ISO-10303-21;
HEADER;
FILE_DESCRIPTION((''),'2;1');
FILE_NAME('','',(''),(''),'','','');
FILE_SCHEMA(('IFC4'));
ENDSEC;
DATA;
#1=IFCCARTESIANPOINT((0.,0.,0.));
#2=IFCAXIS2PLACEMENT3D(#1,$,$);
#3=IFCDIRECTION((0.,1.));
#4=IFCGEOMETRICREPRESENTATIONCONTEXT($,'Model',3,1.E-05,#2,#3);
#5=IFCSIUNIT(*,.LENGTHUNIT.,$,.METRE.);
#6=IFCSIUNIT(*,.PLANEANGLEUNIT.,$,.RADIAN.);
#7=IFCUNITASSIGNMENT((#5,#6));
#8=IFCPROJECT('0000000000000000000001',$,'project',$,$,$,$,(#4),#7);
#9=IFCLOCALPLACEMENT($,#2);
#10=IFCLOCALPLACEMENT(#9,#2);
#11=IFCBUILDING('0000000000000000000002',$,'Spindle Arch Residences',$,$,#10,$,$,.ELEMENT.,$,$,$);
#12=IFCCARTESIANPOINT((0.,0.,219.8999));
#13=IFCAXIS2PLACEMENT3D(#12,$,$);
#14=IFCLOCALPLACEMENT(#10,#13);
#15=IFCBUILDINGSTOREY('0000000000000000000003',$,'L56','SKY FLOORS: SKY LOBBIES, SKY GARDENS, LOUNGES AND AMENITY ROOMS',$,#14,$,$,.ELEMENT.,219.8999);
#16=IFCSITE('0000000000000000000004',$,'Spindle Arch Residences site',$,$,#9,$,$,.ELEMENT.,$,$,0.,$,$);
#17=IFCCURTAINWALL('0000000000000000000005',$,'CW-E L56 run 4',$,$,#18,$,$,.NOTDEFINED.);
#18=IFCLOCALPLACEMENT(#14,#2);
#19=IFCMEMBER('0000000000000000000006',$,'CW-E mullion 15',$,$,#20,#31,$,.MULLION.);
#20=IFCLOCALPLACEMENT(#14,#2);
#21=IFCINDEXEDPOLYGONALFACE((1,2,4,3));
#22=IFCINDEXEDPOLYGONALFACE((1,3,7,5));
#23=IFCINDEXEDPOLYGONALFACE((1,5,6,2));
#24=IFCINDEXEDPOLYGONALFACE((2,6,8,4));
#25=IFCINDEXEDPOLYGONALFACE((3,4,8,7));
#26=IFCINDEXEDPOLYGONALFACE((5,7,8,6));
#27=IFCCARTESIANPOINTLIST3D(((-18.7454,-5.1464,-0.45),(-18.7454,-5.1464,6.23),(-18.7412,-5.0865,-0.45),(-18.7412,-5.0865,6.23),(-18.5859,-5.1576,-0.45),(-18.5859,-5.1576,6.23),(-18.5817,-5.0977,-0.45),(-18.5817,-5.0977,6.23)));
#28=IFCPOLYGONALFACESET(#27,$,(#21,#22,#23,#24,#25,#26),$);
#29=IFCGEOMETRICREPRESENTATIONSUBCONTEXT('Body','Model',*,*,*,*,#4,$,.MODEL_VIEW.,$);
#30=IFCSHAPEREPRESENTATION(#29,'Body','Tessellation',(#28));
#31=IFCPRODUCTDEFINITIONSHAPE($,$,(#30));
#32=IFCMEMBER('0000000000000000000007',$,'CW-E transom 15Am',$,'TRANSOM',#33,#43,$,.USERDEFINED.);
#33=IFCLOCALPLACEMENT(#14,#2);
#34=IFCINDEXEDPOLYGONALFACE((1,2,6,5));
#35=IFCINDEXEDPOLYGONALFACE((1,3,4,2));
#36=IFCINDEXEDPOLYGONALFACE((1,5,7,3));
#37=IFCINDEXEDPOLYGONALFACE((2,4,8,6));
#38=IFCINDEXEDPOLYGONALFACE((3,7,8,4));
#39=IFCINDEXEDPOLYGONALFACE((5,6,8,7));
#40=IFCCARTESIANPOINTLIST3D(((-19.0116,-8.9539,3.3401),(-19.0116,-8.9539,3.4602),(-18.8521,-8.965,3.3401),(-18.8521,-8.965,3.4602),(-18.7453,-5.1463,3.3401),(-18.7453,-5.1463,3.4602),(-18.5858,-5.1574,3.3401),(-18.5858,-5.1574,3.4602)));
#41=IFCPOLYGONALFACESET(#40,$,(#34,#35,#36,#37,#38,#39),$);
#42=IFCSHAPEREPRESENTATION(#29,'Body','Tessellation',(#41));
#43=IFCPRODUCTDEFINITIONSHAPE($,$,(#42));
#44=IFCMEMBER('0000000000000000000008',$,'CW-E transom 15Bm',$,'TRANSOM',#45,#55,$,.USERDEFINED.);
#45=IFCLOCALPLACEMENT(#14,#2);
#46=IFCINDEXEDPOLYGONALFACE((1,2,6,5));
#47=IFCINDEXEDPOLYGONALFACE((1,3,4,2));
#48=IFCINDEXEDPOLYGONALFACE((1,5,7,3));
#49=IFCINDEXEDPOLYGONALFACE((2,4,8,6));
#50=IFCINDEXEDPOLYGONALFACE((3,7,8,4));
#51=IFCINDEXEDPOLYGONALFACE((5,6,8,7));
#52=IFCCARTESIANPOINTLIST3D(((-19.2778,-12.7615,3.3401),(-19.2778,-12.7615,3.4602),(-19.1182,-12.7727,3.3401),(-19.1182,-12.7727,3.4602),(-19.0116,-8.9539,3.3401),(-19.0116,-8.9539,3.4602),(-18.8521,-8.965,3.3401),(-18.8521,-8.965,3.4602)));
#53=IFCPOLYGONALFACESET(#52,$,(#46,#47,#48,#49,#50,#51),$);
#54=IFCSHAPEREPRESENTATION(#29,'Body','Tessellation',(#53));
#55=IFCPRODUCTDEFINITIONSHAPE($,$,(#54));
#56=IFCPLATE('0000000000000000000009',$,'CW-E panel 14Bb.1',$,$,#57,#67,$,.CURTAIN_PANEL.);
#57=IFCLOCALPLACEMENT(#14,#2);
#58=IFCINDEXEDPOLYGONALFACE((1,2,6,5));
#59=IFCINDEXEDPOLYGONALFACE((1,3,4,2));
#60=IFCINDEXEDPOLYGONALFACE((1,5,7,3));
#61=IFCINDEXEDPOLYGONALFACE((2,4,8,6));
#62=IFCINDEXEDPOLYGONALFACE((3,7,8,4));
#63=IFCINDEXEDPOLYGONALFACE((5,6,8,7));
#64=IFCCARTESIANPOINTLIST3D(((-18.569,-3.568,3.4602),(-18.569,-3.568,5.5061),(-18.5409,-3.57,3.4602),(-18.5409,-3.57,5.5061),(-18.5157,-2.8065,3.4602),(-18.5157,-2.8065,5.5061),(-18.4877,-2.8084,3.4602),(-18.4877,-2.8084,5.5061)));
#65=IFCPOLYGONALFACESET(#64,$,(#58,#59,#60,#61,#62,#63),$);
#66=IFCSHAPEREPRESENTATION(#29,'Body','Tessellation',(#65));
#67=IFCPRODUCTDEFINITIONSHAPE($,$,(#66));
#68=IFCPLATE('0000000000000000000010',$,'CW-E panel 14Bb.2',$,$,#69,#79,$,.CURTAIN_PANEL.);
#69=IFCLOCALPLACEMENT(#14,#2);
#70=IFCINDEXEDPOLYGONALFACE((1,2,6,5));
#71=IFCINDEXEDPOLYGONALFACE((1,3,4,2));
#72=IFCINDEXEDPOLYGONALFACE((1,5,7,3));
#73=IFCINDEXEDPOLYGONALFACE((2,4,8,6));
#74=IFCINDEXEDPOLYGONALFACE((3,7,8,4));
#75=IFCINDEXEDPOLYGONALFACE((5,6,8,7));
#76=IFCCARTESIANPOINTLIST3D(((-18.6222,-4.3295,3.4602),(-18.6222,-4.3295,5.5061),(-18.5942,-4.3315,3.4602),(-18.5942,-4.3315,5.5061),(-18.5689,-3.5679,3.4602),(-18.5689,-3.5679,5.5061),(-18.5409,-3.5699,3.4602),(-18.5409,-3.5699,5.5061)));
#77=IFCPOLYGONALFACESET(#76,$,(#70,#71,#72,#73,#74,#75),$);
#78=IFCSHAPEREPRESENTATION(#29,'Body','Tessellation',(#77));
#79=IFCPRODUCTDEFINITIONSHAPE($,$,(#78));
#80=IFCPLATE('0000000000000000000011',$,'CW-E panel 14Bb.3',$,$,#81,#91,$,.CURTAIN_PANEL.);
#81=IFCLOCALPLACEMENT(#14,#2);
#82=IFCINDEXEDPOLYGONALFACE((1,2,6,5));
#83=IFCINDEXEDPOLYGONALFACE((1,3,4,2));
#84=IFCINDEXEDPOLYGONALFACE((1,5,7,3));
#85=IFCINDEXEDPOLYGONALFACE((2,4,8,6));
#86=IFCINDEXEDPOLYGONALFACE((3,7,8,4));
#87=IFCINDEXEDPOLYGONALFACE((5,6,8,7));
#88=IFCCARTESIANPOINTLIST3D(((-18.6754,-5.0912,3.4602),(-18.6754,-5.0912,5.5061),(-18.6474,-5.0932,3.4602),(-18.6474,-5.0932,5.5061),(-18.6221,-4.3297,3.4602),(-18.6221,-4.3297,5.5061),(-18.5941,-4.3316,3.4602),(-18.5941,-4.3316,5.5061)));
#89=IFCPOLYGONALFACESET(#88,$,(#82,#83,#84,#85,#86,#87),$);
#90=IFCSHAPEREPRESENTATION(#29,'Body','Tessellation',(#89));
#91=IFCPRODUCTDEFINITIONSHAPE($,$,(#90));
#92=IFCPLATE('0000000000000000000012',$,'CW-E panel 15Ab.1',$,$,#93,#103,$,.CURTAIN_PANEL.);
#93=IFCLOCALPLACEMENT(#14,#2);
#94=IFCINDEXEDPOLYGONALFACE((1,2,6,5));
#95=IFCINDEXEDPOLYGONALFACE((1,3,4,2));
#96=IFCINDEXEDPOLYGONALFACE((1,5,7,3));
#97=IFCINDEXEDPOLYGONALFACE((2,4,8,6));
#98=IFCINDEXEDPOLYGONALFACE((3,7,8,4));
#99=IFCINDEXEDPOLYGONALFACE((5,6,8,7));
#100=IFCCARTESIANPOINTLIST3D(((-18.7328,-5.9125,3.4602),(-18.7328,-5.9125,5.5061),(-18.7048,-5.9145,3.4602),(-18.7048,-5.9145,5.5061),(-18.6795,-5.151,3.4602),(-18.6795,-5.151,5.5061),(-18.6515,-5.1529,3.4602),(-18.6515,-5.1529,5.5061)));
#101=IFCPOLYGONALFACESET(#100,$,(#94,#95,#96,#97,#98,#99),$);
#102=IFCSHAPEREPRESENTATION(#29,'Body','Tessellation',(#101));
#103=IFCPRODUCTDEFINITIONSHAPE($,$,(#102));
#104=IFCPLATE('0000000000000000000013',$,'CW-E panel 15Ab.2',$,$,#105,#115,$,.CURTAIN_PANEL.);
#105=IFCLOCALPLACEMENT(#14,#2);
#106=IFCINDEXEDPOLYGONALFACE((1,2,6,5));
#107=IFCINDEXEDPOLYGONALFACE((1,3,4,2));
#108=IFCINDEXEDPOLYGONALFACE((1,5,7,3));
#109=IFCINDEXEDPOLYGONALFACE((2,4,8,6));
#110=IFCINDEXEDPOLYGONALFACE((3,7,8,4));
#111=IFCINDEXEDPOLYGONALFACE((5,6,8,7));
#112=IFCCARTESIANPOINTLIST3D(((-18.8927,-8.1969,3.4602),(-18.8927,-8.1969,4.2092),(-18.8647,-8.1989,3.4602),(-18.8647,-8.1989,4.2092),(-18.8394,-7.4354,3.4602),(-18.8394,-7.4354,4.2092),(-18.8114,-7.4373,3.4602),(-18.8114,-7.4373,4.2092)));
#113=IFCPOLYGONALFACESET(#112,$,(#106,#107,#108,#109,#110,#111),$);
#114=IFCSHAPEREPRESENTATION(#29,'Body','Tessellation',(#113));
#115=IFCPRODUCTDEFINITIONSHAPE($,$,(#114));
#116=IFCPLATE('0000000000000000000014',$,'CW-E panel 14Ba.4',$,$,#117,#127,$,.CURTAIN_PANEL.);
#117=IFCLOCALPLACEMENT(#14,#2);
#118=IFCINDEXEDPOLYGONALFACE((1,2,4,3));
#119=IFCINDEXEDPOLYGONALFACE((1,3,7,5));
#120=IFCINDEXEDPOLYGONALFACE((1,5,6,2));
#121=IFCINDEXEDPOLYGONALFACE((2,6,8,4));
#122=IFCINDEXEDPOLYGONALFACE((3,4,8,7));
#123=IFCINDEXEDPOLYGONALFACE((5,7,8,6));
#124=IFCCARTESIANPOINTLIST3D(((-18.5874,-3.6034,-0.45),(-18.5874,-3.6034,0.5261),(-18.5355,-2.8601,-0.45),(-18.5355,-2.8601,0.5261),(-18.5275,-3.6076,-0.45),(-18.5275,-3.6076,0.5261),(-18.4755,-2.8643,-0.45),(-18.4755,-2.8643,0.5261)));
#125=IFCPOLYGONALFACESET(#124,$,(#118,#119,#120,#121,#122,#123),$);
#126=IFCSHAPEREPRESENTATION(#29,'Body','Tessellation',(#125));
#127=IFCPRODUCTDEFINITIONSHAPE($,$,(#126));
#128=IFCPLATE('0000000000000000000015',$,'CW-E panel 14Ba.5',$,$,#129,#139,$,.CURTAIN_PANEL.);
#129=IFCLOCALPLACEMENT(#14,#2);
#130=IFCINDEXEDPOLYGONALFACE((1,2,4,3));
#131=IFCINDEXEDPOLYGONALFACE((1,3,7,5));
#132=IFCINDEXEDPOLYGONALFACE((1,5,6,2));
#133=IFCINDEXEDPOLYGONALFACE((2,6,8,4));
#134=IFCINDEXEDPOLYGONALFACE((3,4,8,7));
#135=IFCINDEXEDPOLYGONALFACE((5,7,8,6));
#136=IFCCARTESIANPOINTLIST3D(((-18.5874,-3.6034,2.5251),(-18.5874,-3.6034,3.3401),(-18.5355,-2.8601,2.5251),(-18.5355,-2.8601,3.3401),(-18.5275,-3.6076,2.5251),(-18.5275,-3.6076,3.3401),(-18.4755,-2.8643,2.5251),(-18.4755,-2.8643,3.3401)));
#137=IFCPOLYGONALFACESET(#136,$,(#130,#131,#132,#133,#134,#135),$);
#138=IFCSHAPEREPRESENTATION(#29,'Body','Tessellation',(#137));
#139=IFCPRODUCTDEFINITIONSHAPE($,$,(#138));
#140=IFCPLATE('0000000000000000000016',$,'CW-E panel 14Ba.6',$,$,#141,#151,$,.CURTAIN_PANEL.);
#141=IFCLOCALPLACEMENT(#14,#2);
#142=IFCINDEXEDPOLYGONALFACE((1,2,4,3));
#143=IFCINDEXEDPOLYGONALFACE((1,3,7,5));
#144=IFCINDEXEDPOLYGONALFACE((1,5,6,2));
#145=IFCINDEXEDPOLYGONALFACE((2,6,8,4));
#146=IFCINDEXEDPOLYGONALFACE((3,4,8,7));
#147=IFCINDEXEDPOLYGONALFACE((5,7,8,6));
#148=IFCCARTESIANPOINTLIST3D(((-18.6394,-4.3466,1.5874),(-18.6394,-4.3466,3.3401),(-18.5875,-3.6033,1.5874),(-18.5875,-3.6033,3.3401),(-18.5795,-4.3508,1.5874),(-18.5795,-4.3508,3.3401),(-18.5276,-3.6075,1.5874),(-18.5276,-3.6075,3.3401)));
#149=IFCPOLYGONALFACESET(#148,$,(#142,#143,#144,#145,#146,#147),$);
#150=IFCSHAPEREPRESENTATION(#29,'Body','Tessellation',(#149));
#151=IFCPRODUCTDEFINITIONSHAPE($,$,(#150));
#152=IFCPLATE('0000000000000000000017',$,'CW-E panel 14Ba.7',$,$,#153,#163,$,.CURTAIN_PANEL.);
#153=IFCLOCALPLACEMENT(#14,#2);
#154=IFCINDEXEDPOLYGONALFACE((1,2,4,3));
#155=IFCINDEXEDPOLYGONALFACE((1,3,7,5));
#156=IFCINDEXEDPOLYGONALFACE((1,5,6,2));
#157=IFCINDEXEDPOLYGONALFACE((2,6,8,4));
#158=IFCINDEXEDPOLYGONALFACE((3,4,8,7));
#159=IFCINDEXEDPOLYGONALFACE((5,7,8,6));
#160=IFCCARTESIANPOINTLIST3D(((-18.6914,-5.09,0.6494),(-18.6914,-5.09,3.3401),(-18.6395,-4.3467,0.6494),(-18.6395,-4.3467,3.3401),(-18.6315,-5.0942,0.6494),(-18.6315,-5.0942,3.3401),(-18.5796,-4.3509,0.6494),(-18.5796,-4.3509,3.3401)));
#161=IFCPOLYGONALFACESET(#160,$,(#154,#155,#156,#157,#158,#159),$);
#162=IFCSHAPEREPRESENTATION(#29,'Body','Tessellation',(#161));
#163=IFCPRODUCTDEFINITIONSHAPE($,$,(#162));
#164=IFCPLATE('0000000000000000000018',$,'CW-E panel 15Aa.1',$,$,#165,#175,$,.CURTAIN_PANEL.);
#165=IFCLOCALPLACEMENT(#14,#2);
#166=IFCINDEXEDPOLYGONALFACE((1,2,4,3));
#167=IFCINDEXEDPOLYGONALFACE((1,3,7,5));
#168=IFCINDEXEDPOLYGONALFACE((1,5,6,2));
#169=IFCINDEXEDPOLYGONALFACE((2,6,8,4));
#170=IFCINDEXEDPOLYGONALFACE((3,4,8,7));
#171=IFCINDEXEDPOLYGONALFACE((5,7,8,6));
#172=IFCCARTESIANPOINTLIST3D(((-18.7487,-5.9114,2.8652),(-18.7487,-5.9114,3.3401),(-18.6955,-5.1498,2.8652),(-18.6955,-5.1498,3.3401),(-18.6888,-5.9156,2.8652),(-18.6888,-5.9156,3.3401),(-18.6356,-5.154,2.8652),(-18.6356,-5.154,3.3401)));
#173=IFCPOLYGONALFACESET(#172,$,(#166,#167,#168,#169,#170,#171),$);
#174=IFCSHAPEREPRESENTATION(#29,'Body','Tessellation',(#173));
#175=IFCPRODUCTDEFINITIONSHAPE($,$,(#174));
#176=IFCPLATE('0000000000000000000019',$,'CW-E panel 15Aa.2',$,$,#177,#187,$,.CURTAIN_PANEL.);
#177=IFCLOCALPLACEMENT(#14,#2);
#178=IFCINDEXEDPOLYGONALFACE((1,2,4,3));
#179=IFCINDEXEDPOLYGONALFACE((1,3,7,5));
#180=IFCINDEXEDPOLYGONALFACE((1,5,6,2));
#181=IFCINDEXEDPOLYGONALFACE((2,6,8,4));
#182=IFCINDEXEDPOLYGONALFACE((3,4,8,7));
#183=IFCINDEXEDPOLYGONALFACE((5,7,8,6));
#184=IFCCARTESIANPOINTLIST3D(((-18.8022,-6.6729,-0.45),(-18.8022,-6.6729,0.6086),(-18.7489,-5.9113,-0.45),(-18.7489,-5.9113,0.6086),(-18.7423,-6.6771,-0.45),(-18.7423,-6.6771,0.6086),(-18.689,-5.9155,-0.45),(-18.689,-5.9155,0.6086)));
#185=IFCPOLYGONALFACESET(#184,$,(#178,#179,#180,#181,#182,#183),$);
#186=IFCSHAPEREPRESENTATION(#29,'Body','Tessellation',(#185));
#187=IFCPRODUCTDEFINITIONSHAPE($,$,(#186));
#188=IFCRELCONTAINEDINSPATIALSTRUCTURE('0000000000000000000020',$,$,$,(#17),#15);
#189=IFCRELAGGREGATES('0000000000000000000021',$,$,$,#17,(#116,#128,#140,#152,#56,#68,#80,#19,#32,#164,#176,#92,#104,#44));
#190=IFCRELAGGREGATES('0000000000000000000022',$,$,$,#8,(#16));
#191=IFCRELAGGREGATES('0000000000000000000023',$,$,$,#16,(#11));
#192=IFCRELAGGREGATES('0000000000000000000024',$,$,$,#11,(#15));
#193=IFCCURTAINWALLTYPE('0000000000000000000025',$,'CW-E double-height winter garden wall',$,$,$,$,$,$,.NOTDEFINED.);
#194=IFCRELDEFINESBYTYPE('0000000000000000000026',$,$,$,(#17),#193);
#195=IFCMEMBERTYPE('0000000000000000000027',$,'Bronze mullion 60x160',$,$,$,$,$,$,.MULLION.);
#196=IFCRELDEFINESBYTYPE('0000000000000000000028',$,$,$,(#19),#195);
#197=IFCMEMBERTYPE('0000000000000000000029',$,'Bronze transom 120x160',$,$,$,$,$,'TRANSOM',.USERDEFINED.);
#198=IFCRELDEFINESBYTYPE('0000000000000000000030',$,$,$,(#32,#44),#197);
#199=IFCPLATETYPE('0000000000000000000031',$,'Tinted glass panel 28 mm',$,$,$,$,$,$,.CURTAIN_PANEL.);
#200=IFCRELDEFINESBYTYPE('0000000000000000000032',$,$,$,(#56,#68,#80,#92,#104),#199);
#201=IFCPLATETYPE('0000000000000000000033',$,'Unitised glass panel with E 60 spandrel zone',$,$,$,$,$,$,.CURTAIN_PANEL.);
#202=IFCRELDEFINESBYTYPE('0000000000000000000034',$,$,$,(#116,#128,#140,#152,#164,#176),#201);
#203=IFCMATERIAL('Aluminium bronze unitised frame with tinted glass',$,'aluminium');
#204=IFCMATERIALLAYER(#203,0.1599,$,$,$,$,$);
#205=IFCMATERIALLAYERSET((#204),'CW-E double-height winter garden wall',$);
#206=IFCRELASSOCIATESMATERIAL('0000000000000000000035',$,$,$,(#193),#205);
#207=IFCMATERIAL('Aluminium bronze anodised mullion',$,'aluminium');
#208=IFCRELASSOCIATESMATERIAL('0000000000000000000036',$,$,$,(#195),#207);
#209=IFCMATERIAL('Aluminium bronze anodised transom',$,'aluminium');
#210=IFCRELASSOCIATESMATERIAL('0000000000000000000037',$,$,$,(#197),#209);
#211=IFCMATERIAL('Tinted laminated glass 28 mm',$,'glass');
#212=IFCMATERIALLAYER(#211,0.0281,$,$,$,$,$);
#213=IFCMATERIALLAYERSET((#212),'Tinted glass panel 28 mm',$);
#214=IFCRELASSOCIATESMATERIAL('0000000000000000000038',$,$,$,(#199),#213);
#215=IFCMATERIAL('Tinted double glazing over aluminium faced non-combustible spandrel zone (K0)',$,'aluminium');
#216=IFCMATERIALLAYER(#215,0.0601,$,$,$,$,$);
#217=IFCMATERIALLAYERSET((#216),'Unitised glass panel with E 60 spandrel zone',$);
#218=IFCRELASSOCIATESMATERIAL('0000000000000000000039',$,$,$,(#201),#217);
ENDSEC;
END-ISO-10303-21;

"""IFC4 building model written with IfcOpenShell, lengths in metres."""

from ifc_helpers import new_model, si_unit, direction, frame, origin, origin_2d, place, context, subcontext, project, spatial, rectangle, extrude, material, layer, layer_set, material_profile, profile_set, type_object, element, aggregate, save


model = new_model("IFC4")

# Units and contexts
model_context = context("Model", 3, precision=1e-05, world=origin(), true_north=direction((0.0, 1.0)))
body_context = subcontext(model_context, "Body", "Model", "MODEL_VIEW")
ifc_project = project(units=[si_unit("LENGTHUNIT", "METRE"), si_unit("PLANEANGLEUNIT", "RADIAN")], contexts=[model_context])

# Site, building, storey
site_placement = place(None, origin())
site = spatial("IfcSite", under=ifc_project, at=site_placement, Name="Spindle Arch Residences site", CompositionType="ELEMENT", RefElevation=0.0)
building_placement = place(site_placement, origin())
building = spatial("IfcBuilding", under=site, at=building_placement, Name="Spindle Arch Residences", CompositionType="ELEMENT")
storey_placement = place(building_placement, frame((0.0, 0.0, 219.8999)))
storey = spatial("IfcBuildingStorey", under=building, at=storey_placement, Name="L56", Description="SKY FLOORS: SKY LOBBIES, SKY GARDENS, LOUNGES AND AMENITY ROOMS", CompositionType="ELEMENT", Elevation=219.8999)

# Curtain wall, members, plates
ifc_material_1 = material(Name="Aluminium bronze unitised frame with tinted glass", Category="aluminium")
ifc_layer_1 = layer(ifc_material_1, 0.1599)
ifc_layer_set_1 = layer_set([ifc_layer_1], Name="CW-E double-height winter garden wall")
curtain_wall_type = type_object("IfcCurtainWallType", Name="CW-E double-height winter garden wall", PredefinedType="NOTDEFINED", material=ifc_layer_set_1)
curtain_wall_placement = place(storey_placement, origin())
curtain_wall = element("IfcCurtainWall", 1, at=curtain_wall_placement, inside=storey, type_object=curtain_wall_type, Name="CW-E L56 run 4", PredefinedType="NOTDEFINED")
ifc_material_2 = material(Name="Aluminium bronze anodised mullion", Category="aluminium")
ifc_material_profile_1 = material_profile(ifc_material_2, rectangle(XDim=0.1599, YDim=0.0601, at=origin_2d()), Name="MU 60x160")
ifc_profile_set_1 = profile_set([ifc_material_profile_1], Name="Aluminium bronze anodised mullion")
member_type_1 = type_object("IfcMemberType", Name="Bronze mullion 60x160", PredefinedType="MULLION", material=ifc_profile_set_1)
member_1_placement = place(storey_placement, frame((-18.6636, -5.1221, -0.45), z_axis=(0.0, 0.0, 1.0), x_axis=(0.997564, -0.069756, 0.0)))
member_1 = element("IfcMember", 2, at=member_1_placement, type_object=member_type_1, Name="CW-E mullion 15", PredefinedType="MULLION", context=body_context, shape_type="SweptSolid", body=[
    extrude(rectangle(XDim=0.1599, YDim=0.0601, at=origin_2d()), origin(), (0.0, 0.0, 1.0), 6.6799),
])
ifc_material_3 = material(Name="Aluminium bronze anodised transom", Category="aluminium")
ifc_material_profile_2 = material_profile(ifc_material_3, rectangle(XDim=0.1599, YDim=0.1201, at=origin_2d()), Name="TR 120x160")
ifc_profile_set_2 = profile_set([ifc_material_profile_2], Name="Aluminium bronze anodised transom")
member_type_2 = type_object("IfcMemberType", Name="Bronze transom 120x160", ElementType="TRANSOM", PredefinedType="USERDEFINED", material=ifc_profile_set_2)
member_2_placement = place(storey_placement, frame((-18.6655, -5.1519, 3.4001), z_axis=(-0.069783, -0.997562, 0.0), x_axis=(0.997562, -0.069783, 0.0)))
member_2 = element("IfcMember", 3, at=member_2_placement, type_object=member_type_2, Name="CW-E transom 15Am", ObjectType="TRANSOM", PredefinedType="USERDEFINED", context=body_context, shape_type="SweptSolid", body=[
    extrude(rectangle(XDim=0.1599, YDim=0.1201, at=origin_2d()), origin(), (0.0, 0.0, 1.0), 3.8169),
])
member_3_placement = place(storey_placement, frame((-18.9319, -8.9595, 3.4001), z_axis=(-0.06972, -0.997567, 0.0), x_axis=(0.997567, -0.06972, 0.0)))
member_3 = element("IfcMember", 4, at=member_3_placement, type_object=member_type_2, Name="CW-E transom 15Bm", ObjectType="TRANSOM", PredefinedType="USERDEFINED", context=body_context, shape_type="SweptSolid", body=[
    extrude(rectangle(XDim=0.1599, YDim=0.1201, at=origin_2d()), origin(), (0.0, 0.0, 1.0), 3.8169),
])
ifc_material_4 = material(Name="Tinted laminated glass 28 mm", Category="glass")
ifc_layer_2 = layer(ifc_material_4, 0.0281)
ifc_layer_set_2 = layer_set([ifc_layer_2], Name="Tinted glass panel 28 mm")
plate_type_1 = type_object("IfcPlateType", Name="Tinted glass panel 28 mm", PredefinedType="CURTAIN_PANEL", material=ifc_layer_set_2)
plate_1_placement = place(storey_placement, frame((-18.5283, -3.1882, 3.4602), z_axis=(0.0, 0.0, 1.0), x_axis=(-0.069756, -0.997564, 0.0)))
plate_1 = element("IfcPlate", 5, at=plate_1_placement, type_object=plate_type_1, Name="CW-E panel 14Bb.1", PredefinedType="CURTAIN_PANEL", context=body_context, shape_type="SweptSolid", body=[
    extrude(rectangle(XDim=0.7634, YDim=0.0281, at=origin_2d()), origin(), (0.0, 0.0, 1.0), 2.0459),
])
plate_2_placement = place(storey_placement, frame((-18.5815, -3.9497, 3.4602), z_axis=(0.0, 0.0, 1.0), x_axis=(-0.069756, -0.997564, 0.0)))
plate_2 = element("IfcPlate", 6, at=plate_2_placement, type_object=plate_type_1, Name="CW-E panel 14Bb.2", PredefinedType="CURTAIN_PANEL", context=body_context, shape_type="SweptSolid", body=[
    extrude(rectangle(XDim=0.7634, YDim=0.0281, at=origin_2d()), origin(), (0.0, 0.0, 1.0), 2.0459),
])
plate_3_placement = place(storey_placement, frame((-18.6348, -4.7114, 3.4602), z_axis=(0.0, 0.0, 1.0), x_axis=(-0.069756, -0.997564, 0.0)))
plate_3 = element("IfcPlate", 7, at=plate_3_placement, type_object=plate_type_1, Name="CW-E panel 14Bb.3", PredefinedType="CURTAIN_PANEL", context=body_context, shape_type="SweptSolid", body=[
    extrude(rectangle(XDim=0.7634, YDim=0.0281, at=origin_2d()), origin(), (0.0, 0.0, 1.0), 2.0459),
])
plate_4_placement = place(storey_placement, frame((-18.6921, -5.5327, 3.4602), z_axis=(0.0, 0.0, 1.0), x_axis=(-0.069756, -0.997564, 0.0)))
plate_4 = element("IfcPlate", 8, at=plate_4_placement, type_object=plate_type_1, Name="CW-E panel 15Ab.1", PredefinedType="CURTAIN_PANEL", context=body_context, shape_type="SweptSolid", body=[
    extrude(rectangle(XDim=0.7634, YDim=0.0281, at=origin_2d()), origin(), (0.0, 0.0, 1.0), 2.0459),
])
plate_5_placement = place(storey_placement, frame((-18.8521, -7.8171, 3.4602), z_axis=(0.0, 0.0, 1.0), x_axis=(-0.069756, -0.997564, 0.0)))
plate_5 = element("IfcPlate", 9, at=plate_5_placement, type_object=plate_type_1, Name="CW-E panel 15Ab.2", PredefinedType="CURTAIN_PANEL", context=body_context, shape_type="SweptSolid", body=[
    extrude(rectangle(XDim=0.7634, YDim=0.0281, at=origin_2d()), origin(), (0.0, 0.0, 1.0), 0.749),
])
ifc_material_5 = material(Name="Tinted double glazing over aluminium faced non-combustible spandrel zone (K0)", Category="aluminium")
ifc_layer_3 = layer(ifc_material_5, 0.0601)
ifc_layer_set_3 = layer_set([ifc_layer_3], Name="Unitised glass panel with E 60 spandrel zone")
plate_type_2 = type_object("IfcPlateType", Name="Unitised glass panel with E 60 spandrel zone", PredefinedType="CURTAIN_PANEL", material=ifc_layer_set_3)
plate_6_placement = place(storey_placement, frame((-18.5315, -3.2339, -0.45), z_axis=(0.0, 0.0, 1.0), x_axis=(-0.069756, -0.997564, 0.0)))
plate_6 = element("IfcPlate", 10, at=plate_6_placement, type_object=plate_type_2, Name="CW-E panel 14Ba.4", PredefinedType="CURTAIN_PANEL", context=body_context, shape_type="SweptSolid", body=[
    extrude(rectangle(XDim=0.7451, YDim=0.0601, at=origin_2d()), origin(), (0.0, 0.0, 1.0), 0.9761),
])
plate_7_placement = place(storey_placement, frame((-18.5315, -3.2339, 2.5251), z_axis=(0.0, 0.0, 1.0), x_axis=(-0.069756, -0.997564, 0.0)))
plate_7 = element("IfcPlate", 11, at=plate_7_placement, type_object=plate_type_2, Name="CW-E panel 14Ba.5", PredefinedType="CURTAIN_PANEL", context=body_context, shape_type="SweptSolid", body=[
    extrude(rectangle(XDim=0.7451, YDim=0.0601, at=origin_2d()), origin(), (0.0, 0.0, 1.0), 0.8149),
])
plate_8_placement = place(storey_placement, frame((-18.5835, -3.9771, 1.5874), z_axis=(0.0, 0.0, 1.0), x_axis=(-0.069756, -0.997564, 0.0)))
plate_8 = element("IfcPlate", 12, at=plate_8_placement, type_object=plate_type_2, Name="CW-E panel 14Ba.6", PredefinedType="CURTAIN_PANEL", context=body_context, shape_type="SweptSolid", body=[
    extrude(rectangle(XDim=0.7451, YDim=0.0601, at=origin_2d()), origin(), (0.0, 0.0, 1.0), 1.7527),
])
plate_9_placement = place(storey_placement, frame((-18.6355, -4.7205, 0.6494), z_axis=(0.0, 0.0, 1.0), x_axis=(-0.069756, -0.997564, 0.0)))
plate_9 = element("IfcPlate", 13, at=plate_9_placement, type_object=plate_type_2, Name="CW-E panel 14Ba.7", PredefinedType="CURTAIN_PANEL", context=body_context, shape_type="SweptSolid", body=[
    extrude(rectangle(XDim=0.7451, YDim=0.0601, at=origin_2d()), origin(), (0.0, 0.0, 1.0), 2.6907),
])
plate_10_placement = place(storey_placement, frame((-18.6921, -5.5327, 2.8652), z_axis=(0.0, 0.0, 1.0), x_axis=(-0.069756, -0.997564, 0.0)))
plate_10 = element("IfcPlate", 14, at=plate_10_placement, type_object=plate_type_2, Name="CW-E panel 15Aa.1", PredefinedType="CURTAIN_PANEL", context=body_context, shape_type="SweptSolid", body=[
    extrude(rectangle(XDim=0.7634, YDim=0.0601, at=origin_2d()), origin(), (0.0, 0.0, 1.0), 0.4749),
])
plate_11_placement = place(storey_placement, frame((-18.7456, -6.2942, -0.45), z_axis=(0.0, 0.0, 1.0), x_axis=(-0.069756, -0.997564, 0.0)))
plate_11 = element("IfcPlate", 15, at=plate_11_placement, type_object=plate_type_2, Name="CW-E panel 15Aa.2", PredefinedType="CURTAIN_PANEL", context=body_context, shape_type="SweptSolid", body=[
    extrude(rectangle(XDim=0.7634, YDim=0.0601, at=origin_2d()), origin(), (0.0, 0.0, 1.0), 1.0586),
])
aggregate(curtain_wall, [plate_6, plate_7, plate_8, plate_9, plate_1, plate_2, plate_3, member_1, member_2, plate_10, plate_11, plate_4, plate_5, member_3])

save(model, "model.ifc")
